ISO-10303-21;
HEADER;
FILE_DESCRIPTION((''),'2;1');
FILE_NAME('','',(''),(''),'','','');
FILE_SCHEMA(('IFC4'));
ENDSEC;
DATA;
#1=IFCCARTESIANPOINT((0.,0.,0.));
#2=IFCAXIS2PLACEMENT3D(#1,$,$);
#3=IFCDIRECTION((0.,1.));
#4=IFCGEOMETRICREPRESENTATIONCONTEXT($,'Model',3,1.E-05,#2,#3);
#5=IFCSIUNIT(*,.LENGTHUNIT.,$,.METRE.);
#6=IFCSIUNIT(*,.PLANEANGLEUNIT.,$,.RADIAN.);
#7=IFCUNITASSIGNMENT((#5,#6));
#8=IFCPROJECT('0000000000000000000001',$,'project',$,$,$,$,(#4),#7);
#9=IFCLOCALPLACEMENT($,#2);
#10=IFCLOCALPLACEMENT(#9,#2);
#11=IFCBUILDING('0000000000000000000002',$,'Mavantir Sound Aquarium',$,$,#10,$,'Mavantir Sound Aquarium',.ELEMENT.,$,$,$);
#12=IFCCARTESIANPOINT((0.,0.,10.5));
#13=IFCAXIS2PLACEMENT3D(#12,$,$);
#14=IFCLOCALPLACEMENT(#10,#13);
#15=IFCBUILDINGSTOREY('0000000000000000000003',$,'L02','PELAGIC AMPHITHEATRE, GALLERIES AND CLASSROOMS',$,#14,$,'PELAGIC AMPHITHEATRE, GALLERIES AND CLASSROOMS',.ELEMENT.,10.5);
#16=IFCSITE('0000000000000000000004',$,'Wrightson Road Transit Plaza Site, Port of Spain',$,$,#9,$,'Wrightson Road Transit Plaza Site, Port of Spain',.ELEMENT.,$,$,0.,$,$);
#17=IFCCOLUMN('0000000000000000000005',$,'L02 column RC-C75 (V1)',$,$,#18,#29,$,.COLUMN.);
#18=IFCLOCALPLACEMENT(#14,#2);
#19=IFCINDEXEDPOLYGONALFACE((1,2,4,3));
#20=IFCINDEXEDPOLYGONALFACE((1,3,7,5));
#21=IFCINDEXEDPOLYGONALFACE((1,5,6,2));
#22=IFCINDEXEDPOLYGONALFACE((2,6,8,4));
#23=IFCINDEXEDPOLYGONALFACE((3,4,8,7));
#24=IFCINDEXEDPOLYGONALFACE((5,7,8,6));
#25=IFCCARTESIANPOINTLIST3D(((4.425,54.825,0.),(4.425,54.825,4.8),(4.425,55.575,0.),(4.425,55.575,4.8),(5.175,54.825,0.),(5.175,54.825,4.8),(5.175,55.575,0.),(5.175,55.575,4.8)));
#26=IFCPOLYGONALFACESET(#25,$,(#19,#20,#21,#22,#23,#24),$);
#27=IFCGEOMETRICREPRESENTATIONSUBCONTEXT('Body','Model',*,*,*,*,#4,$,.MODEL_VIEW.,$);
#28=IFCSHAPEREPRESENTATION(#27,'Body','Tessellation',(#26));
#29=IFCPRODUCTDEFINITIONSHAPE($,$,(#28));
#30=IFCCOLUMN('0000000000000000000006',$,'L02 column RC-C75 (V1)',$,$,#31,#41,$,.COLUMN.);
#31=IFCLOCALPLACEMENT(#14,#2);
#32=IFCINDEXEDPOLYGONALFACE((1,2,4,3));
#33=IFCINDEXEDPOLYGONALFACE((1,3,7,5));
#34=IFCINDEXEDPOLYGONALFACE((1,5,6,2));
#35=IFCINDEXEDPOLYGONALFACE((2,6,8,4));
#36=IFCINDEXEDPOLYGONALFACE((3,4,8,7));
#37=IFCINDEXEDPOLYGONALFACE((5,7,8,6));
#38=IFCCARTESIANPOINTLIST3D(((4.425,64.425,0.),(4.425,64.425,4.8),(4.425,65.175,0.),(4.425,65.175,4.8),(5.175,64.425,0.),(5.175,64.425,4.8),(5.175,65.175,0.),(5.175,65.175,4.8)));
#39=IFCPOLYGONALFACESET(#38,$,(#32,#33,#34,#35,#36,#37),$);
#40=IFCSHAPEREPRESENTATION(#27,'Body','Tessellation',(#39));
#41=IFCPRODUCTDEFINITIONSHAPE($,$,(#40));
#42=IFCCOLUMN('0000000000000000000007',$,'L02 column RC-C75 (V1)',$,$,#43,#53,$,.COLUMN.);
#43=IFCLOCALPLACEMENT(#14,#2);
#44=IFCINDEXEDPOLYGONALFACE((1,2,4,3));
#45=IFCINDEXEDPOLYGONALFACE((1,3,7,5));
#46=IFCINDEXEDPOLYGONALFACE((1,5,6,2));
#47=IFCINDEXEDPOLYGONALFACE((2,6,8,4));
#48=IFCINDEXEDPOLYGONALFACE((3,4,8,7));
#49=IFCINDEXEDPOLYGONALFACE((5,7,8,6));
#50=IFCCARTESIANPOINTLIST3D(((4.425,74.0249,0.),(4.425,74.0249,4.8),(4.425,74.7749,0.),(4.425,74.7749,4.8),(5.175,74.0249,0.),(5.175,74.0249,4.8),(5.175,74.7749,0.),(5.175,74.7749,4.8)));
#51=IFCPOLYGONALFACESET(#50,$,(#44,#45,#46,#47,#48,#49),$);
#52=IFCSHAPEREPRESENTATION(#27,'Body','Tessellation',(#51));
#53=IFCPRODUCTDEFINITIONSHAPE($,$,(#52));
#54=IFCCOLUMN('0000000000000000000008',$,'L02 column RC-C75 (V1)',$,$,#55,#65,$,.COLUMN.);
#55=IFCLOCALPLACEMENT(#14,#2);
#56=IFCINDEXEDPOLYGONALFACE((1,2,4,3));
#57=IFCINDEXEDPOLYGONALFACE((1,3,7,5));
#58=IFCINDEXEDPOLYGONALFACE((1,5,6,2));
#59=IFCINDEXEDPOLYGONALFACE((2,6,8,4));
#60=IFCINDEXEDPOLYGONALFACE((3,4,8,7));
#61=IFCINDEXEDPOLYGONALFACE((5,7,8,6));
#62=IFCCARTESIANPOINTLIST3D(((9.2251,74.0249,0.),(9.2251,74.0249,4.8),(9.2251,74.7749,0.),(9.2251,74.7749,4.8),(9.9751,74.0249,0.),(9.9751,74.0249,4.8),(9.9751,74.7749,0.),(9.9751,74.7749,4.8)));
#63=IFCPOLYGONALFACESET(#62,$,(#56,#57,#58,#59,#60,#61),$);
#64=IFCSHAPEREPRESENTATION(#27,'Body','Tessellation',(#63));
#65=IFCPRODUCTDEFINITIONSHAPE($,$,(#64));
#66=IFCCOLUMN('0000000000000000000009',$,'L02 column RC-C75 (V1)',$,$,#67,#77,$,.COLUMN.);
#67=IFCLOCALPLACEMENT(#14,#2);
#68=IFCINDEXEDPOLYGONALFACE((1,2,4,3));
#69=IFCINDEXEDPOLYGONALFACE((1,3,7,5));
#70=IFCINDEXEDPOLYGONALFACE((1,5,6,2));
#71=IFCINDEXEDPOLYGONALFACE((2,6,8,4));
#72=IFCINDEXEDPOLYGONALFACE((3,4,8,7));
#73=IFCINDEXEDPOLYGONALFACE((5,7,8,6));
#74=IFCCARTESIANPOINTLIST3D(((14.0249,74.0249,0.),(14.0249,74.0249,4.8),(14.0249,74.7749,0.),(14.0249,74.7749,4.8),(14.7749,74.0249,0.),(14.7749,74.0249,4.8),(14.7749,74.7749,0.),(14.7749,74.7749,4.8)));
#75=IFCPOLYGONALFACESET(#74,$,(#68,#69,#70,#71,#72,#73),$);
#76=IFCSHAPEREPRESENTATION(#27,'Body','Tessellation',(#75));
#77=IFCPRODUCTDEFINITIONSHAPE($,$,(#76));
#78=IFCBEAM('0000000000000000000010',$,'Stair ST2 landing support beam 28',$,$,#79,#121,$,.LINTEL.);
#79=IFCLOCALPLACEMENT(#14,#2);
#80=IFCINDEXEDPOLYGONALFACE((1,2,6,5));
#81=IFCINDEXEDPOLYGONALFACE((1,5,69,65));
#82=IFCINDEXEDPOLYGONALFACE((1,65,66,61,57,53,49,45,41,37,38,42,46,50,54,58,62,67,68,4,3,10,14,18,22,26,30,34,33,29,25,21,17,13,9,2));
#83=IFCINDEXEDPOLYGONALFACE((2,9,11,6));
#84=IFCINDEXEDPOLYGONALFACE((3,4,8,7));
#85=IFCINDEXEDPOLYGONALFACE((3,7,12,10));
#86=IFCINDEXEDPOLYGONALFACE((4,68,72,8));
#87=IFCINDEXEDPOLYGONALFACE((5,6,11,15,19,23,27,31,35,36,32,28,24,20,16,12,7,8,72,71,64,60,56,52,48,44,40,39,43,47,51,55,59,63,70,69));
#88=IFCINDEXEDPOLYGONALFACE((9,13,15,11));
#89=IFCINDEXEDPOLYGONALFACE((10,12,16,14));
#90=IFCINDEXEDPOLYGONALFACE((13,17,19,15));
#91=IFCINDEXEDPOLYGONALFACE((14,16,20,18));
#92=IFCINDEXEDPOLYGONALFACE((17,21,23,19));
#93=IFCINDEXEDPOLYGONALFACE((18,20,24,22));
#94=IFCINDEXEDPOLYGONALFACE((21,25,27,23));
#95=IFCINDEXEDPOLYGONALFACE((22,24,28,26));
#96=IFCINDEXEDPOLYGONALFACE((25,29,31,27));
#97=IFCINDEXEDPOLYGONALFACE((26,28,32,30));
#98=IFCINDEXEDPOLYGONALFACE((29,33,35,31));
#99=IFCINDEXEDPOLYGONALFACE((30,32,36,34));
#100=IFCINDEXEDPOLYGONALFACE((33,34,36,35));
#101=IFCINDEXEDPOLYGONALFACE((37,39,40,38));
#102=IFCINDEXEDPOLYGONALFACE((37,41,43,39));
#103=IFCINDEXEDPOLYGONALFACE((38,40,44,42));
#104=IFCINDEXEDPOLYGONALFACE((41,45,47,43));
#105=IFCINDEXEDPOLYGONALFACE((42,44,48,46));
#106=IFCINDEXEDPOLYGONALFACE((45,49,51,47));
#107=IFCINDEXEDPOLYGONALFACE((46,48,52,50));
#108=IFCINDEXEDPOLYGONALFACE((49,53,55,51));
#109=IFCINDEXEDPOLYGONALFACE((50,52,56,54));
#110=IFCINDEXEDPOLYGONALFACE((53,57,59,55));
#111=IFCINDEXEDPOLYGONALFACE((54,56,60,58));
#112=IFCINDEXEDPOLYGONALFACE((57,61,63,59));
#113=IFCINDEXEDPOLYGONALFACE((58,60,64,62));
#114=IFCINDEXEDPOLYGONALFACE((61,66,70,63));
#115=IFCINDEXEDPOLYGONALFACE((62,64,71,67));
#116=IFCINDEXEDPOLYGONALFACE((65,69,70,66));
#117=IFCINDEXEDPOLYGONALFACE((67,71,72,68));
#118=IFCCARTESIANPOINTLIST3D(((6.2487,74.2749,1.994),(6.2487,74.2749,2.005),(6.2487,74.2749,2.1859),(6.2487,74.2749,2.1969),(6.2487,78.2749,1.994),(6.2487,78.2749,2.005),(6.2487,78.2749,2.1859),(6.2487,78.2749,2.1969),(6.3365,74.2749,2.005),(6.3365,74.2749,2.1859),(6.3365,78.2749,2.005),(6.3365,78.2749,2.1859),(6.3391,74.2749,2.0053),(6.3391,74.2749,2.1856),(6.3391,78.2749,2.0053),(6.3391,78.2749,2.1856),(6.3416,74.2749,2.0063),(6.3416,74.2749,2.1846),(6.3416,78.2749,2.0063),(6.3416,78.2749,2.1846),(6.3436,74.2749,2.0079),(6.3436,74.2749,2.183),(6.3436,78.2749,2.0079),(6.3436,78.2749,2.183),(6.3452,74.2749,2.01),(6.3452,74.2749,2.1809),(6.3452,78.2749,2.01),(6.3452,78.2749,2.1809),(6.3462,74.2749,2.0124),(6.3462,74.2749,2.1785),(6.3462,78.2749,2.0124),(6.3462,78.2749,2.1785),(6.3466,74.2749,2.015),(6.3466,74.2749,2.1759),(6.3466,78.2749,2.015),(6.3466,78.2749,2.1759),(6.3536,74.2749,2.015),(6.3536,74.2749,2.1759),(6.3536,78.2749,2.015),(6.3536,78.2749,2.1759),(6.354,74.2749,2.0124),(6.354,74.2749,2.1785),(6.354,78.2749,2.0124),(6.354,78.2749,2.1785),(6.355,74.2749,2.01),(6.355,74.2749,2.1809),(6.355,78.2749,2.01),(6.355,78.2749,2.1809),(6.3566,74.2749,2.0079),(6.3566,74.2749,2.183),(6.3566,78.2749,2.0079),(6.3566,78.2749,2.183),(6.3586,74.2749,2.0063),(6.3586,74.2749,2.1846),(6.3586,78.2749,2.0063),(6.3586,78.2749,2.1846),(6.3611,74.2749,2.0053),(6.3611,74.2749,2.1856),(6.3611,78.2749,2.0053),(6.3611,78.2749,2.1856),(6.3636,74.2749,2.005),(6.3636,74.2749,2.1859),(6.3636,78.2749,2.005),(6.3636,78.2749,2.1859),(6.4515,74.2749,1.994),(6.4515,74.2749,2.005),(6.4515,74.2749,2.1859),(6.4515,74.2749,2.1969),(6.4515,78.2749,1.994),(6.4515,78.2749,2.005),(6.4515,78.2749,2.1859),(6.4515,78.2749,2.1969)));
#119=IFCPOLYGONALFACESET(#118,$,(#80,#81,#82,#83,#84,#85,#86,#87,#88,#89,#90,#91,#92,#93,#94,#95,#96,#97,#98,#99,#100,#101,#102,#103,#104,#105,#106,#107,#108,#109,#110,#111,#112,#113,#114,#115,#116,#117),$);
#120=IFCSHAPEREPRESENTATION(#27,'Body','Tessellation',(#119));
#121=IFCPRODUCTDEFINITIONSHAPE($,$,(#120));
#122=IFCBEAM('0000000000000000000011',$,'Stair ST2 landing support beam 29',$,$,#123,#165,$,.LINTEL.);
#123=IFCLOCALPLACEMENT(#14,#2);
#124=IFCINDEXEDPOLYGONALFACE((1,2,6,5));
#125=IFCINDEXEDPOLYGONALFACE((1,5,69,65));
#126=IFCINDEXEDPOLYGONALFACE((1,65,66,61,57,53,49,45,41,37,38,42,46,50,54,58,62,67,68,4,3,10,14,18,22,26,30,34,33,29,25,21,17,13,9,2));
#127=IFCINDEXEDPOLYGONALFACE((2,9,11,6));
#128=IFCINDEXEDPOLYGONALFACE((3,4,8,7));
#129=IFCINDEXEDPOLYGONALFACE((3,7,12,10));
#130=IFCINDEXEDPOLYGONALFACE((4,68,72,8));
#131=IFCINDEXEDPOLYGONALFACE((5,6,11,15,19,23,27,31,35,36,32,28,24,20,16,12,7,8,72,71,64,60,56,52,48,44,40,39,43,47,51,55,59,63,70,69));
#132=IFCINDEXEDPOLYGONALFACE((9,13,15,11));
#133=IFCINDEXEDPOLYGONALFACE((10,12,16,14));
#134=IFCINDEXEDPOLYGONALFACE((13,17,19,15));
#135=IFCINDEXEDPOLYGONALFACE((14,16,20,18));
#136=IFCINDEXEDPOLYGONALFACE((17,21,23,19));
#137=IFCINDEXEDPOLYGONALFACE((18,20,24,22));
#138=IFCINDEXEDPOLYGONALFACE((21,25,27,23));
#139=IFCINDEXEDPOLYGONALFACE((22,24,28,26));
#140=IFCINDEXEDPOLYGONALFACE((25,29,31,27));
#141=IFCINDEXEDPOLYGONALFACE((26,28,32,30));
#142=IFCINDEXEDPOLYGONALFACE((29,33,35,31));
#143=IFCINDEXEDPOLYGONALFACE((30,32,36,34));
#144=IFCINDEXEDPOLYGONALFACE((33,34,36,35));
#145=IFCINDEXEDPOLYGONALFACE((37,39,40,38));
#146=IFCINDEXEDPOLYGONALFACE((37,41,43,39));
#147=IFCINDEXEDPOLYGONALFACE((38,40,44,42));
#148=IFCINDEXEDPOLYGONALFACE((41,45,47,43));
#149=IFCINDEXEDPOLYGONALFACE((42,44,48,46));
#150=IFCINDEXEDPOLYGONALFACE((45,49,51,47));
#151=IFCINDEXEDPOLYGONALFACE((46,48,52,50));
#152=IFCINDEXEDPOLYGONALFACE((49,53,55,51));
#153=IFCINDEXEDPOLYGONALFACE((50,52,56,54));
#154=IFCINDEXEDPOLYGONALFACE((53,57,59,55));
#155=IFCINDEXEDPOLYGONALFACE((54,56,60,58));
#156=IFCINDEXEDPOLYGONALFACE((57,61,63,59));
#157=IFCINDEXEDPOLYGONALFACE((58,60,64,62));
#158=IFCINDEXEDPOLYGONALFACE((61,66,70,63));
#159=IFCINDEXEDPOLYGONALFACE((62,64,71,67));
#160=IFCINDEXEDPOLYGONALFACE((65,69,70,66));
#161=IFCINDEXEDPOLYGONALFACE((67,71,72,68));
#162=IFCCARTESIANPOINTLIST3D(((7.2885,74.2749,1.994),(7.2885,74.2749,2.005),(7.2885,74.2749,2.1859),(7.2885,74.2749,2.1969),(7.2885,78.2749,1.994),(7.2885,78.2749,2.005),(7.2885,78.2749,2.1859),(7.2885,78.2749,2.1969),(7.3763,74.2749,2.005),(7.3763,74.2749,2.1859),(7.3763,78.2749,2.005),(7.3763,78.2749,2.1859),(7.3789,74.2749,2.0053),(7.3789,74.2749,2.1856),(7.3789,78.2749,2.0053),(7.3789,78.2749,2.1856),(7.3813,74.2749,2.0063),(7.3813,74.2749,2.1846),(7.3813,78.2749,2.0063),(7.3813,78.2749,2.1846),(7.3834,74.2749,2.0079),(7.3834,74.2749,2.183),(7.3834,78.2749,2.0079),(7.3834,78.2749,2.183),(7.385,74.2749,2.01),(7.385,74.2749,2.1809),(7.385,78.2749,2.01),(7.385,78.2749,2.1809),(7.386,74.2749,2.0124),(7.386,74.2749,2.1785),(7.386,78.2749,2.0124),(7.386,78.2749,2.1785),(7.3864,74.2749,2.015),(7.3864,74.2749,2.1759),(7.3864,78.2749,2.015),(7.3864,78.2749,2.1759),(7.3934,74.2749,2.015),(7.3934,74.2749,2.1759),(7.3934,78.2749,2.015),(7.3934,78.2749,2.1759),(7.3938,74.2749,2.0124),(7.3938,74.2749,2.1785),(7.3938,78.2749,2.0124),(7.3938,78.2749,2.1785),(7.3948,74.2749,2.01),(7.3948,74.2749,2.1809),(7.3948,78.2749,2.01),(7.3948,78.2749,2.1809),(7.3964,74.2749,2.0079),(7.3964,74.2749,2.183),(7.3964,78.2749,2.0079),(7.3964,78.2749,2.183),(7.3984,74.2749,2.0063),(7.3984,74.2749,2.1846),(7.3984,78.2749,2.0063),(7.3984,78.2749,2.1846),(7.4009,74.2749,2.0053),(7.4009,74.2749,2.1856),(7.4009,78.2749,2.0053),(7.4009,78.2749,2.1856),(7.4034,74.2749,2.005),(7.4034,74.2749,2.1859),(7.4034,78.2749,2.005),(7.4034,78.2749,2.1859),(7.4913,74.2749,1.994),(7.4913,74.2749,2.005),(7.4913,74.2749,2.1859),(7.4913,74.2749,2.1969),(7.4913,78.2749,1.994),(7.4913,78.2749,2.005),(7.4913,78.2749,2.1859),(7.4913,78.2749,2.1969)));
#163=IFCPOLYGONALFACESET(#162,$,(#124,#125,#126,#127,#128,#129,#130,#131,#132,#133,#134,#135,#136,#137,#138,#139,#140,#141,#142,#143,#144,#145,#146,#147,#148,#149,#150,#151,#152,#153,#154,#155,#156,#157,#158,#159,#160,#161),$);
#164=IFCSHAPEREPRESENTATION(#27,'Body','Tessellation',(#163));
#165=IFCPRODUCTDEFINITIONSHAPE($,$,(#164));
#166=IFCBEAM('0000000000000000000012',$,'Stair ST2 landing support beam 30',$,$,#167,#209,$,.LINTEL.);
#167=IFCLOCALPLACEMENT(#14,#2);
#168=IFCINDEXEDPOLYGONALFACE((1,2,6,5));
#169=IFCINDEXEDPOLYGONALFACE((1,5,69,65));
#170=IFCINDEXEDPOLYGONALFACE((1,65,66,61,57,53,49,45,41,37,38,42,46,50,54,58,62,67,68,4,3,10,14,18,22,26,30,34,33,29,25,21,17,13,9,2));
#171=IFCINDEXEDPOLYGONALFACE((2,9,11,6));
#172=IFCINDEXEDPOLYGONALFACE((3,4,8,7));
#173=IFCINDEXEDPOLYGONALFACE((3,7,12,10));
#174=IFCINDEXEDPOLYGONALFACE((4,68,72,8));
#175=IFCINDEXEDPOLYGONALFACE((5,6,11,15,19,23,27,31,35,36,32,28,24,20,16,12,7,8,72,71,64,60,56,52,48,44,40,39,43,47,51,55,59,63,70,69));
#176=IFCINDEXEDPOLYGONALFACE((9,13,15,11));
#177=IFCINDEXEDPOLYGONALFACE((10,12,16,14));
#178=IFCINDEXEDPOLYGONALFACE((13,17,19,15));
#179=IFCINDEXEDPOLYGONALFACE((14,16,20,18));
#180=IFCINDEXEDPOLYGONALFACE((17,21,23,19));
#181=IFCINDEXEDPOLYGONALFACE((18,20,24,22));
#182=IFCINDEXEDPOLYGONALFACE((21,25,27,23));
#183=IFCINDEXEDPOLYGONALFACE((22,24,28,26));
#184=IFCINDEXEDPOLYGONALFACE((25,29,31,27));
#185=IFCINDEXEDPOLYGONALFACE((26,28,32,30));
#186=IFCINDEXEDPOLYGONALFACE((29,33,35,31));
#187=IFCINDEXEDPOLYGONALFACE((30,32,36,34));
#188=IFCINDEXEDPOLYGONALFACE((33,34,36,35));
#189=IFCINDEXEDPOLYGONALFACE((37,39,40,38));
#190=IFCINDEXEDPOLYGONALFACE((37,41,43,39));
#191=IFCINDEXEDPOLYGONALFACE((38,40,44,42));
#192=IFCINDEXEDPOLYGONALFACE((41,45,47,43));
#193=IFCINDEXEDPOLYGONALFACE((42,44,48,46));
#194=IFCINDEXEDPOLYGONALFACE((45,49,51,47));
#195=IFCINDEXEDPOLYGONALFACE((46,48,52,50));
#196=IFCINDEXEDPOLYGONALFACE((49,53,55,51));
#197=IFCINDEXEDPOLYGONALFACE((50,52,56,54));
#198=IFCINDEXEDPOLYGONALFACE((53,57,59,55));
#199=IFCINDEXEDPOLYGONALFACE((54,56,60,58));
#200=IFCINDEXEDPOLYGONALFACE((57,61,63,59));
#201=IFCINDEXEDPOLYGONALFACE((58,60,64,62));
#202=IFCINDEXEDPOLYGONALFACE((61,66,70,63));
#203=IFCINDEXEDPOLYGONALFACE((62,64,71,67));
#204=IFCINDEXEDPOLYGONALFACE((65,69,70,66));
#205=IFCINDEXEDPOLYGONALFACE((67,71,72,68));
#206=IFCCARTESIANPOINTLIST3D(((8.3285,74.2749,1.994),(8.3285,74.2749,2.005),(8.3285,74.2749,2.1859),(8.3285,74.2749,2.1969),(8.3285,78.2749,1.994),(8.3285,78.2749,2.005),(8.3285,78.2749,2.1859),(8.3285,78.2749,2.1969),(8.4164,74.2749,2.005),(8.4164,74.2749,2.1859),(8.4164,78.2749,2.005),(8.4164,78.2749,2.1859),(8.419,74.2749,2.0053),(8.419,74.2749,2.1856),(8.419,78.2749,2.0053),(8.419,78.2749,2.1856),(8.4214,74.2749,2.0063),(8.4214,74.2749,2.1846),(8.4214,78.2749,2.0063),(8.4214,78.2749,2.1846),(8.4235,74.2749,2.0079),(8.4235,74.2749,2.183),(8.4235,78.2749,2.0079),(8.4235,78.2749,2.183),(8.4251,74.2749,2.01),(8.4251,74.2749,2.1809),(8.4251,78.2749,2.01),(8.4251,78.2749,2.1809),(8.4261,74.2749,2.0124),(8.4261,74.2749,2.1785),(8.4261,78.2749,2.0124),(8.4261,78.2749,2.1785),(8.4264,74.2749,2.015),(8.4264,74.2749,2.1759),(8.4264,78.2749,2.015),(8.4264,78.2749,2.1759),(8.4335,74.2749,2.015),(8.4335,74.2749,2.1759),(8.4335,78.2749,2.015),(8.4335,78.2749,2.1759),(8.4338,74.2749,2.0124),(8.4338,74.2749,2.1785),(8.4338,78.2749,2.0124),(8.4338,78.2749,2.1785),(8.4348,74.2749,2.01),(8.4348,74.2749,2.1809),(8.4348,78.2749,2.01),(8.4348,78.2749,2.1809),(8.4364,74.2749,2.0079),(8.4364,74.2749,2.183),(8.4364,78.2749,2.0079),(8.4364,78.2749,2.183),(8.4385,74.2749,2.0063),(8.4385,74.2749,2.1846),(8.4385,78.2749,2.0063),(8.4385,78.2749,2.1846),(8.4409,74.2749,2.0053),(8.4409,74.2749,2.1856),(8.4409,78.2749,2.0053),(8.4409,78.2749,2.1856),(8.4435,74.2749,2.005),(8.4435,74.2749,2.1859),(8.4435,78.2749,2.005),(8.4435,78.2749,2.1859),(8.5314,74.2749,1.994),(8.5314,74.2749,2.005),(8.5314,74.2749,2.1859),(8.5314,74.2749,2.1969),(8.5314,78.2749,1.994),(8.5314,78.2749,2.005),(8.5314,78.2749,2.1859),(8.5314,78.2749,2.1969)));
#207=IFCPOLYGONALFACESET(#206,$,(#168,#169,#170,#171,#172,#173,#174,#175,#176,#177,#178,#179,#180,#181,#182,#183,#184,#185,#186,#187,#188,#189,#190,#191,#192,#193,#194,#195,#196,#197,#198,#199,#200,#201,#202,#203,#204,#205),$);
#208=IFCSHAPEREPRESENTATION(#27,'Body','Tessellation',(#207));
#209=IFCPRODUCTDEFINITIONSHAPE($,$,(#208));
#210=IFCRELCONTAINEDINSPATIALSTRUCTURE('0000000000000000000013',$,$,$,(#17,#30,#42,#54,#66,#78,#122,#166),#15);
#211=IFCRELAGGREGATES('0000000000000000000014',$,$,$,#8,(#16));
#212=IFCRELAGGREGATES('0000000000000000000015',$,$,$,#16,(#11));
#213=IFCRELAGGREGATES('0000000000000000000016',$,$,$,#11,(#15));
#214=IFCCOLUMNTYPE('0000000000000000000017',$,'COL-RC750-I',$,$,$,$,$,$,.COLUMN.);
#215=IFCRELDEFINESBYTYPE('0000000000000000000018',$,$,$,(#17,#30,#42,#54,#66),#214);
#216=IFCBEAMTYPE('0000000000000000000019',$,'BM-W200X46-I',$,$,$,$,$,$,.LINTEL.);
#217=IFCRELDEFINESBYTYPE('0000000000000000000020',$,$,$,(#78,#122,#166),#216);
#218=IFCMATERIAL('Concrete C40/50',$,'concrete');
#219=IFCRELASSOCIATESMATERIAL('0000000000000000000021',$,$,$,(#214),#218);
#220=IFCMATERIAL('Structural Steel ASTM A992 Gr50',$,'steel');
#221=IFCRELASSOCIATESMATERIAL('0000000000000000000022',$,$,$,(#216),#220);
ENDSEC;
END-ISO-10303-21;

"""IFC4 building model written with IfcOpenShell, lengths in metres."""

from ifc_helpers import new_model, si_unit, direction, frame, origin, origin_2d, place, context, subcontext, project, spatial, rectangle, i_section, extrude, material, material_profile, profile_set, type_object, element, save


model = new_model("IFC4")

# Units and contexts
model_context = context("Model", 3, precision=1e-05, world=origin(), true_north=direction((0.0, 1.0)))
body_context = subcontext(model_context, "Body", "Model", "MODEL_VIEW")
ifc_project = project(units=[si_unit("LENGTHUNIT", "METRE"), si_unit("PLANEANGLEUNIT", "RADIAN")], contexts=[model_context])

# Site, building, storey
site_placement = place(None, origin())
site = spatial("IfcSite", under=ifc_project, at=site_placement, Name="Wrightson Road Transit Plaza Site, Port of Spain", LongName="Wrightson Road Transit Plaza Site, Port of Spain", CompositionType="ELEMENT", RefElevation=0.0)
building_placement = place(site_placement, origin())
building = spatial("IfcBuilding", under=site, at=building_placement, Name="Mavantir Sound Aquarium", LongName="Mavantir Sound Aquarium", CompositionType="ELEMENT")
storey_placement = place(building_placement, frame((0.0, 0.0, 10.5)))
storey = spatial("IfcBuildingStorey", under=building, at=storey_placement, Name="L02", Description="PELAGIC AMPHITHEATRE, GALLERIES AND CLASSROOMS", LongName="PELAGIC AMPHITHEATRE, GALLERIES AND CLASSROOMS", CompositionType="ELEMENT", Elevation=10.5)

# Columns
ifc_material_1 = material(Name="Concrete C40/50", Category="concrete")
ifc_material_profile_1 = material_profile(ifc_material_1, rectangle(XDim=0.75, YDim=0.75, at=origin_2d()), Name="RC 750X750")
ifc_profile_set_1 = profile_set([ifc_material_profile_1], Name="Concrete C40/50")
column_type = type_object("IfcColumnType", Name="COL-RC750-I", PredefinedType="COLUMN", material=ifc_profile_set_1)
for number, where, z_axis, x_axis, name in (
    (1, (4.8, 55.2, 0.0), (0.0, 0.0, 1.0), (1.0, 0.0, 0.0), "L02 column RC-C75 (V1)"),
    (2, (4.8, 64.8, 0.0), (0.0, 0.0, 1.0), (1.0, 0.0, 0.0), "L02 column RC-C75 (V1)"),
    (3, (4.8, 74.3999, 0.0), (0.0, 0.0, 1.0), (1.0, 0.0, 0.0), "L02 column RC-C75 (V1)"),
    (4, (9.6001, 74.3999, 0.0), (0.0, 0.0, 1.0), (1.0, 0.0, 0.0), "L02 column RC-C75 (V1)"),
    (5, (14.3999, 74.3999, 0.0), (0.0, 0.0, 1.0), (1.0, 0.0, 0.0), "L02 column RC-C75 (V1)"),
):
    element("IfcColumn", number, at=place(storey_placement, frame(where, z_axis=z_axis, x_axis=x_axis)), inside=storey, type_object=column_type, Name=name, PredefinedType="COLUMN", context=body_context, shape_type="SweptSolid", body=[
        extrude(rectangle(XDim=0.75, YDim=0.75, at=origin_2d()), origin(), (0.0, 0.0, 1.0), 4.8),
    ])

# Beams
ifc_material_2 = material(Name="Structural Steel ASTM A992 Gr50", Category="steel")
ifc_material_profile_2 = material_profile(ifc_material_2, i_section(OverallWidth=0.2029, OverallDepth=0.2029, WebThickness=0.0071, FlangeThickness=0.011, FilletRadius=0.01, at=origin_2d()), Name="W200X46")
ifc_profile_set_2 = profile_set([ifc_material_profile_2], Name="Structural Steel ASTM A992 Gr50")
beam_type_1 = type_object("IfcBeamType", Name="BM-W200X46-I", PredefinedType="LINTEL", material=ifc_profile_set_2)
for number, where, z_axis, x_axis, name in (
    (6, (6.3501, 74.2749, 2.0955), (0.0, 1.0, 0.0), (-1.0, 0.0, 0.0), "Stair ST2 landing support beam 28"),
    (7, (7.3899, 74.2749, 2.0955), (0.0, 1.0, 0.0), (-1.0, 0.0, 0.0), "Stair ST2 landing support beam 29"),
    (8, (8.4299, 74.2749, 2.0955), (0.0, 1.0, 0.0), (-1.0, 0.0, 0.0), "Stair ST2 landing support beam 30"),
):
    element("IfcBeam", number, at=place(storey_placement, frame(where, z_axis=z_axis, x_axis=x_axis)), inside=storey, type_object=beam_type_1, Name=name, PredefinedType="LINTEL", context=body_context, shape_type="SweptSolid", body=[
        extrude(i_section(OverallWidth=0.2029, OverallDepth=0.2029, WebThickness=0.0071, FlangeThickness=0.011, FilletRadius=0.01, at=origin_2d()), origin(), (0.0, 0.0, 1.0), 4.0),
    ])

save(model, "model.ifc")
